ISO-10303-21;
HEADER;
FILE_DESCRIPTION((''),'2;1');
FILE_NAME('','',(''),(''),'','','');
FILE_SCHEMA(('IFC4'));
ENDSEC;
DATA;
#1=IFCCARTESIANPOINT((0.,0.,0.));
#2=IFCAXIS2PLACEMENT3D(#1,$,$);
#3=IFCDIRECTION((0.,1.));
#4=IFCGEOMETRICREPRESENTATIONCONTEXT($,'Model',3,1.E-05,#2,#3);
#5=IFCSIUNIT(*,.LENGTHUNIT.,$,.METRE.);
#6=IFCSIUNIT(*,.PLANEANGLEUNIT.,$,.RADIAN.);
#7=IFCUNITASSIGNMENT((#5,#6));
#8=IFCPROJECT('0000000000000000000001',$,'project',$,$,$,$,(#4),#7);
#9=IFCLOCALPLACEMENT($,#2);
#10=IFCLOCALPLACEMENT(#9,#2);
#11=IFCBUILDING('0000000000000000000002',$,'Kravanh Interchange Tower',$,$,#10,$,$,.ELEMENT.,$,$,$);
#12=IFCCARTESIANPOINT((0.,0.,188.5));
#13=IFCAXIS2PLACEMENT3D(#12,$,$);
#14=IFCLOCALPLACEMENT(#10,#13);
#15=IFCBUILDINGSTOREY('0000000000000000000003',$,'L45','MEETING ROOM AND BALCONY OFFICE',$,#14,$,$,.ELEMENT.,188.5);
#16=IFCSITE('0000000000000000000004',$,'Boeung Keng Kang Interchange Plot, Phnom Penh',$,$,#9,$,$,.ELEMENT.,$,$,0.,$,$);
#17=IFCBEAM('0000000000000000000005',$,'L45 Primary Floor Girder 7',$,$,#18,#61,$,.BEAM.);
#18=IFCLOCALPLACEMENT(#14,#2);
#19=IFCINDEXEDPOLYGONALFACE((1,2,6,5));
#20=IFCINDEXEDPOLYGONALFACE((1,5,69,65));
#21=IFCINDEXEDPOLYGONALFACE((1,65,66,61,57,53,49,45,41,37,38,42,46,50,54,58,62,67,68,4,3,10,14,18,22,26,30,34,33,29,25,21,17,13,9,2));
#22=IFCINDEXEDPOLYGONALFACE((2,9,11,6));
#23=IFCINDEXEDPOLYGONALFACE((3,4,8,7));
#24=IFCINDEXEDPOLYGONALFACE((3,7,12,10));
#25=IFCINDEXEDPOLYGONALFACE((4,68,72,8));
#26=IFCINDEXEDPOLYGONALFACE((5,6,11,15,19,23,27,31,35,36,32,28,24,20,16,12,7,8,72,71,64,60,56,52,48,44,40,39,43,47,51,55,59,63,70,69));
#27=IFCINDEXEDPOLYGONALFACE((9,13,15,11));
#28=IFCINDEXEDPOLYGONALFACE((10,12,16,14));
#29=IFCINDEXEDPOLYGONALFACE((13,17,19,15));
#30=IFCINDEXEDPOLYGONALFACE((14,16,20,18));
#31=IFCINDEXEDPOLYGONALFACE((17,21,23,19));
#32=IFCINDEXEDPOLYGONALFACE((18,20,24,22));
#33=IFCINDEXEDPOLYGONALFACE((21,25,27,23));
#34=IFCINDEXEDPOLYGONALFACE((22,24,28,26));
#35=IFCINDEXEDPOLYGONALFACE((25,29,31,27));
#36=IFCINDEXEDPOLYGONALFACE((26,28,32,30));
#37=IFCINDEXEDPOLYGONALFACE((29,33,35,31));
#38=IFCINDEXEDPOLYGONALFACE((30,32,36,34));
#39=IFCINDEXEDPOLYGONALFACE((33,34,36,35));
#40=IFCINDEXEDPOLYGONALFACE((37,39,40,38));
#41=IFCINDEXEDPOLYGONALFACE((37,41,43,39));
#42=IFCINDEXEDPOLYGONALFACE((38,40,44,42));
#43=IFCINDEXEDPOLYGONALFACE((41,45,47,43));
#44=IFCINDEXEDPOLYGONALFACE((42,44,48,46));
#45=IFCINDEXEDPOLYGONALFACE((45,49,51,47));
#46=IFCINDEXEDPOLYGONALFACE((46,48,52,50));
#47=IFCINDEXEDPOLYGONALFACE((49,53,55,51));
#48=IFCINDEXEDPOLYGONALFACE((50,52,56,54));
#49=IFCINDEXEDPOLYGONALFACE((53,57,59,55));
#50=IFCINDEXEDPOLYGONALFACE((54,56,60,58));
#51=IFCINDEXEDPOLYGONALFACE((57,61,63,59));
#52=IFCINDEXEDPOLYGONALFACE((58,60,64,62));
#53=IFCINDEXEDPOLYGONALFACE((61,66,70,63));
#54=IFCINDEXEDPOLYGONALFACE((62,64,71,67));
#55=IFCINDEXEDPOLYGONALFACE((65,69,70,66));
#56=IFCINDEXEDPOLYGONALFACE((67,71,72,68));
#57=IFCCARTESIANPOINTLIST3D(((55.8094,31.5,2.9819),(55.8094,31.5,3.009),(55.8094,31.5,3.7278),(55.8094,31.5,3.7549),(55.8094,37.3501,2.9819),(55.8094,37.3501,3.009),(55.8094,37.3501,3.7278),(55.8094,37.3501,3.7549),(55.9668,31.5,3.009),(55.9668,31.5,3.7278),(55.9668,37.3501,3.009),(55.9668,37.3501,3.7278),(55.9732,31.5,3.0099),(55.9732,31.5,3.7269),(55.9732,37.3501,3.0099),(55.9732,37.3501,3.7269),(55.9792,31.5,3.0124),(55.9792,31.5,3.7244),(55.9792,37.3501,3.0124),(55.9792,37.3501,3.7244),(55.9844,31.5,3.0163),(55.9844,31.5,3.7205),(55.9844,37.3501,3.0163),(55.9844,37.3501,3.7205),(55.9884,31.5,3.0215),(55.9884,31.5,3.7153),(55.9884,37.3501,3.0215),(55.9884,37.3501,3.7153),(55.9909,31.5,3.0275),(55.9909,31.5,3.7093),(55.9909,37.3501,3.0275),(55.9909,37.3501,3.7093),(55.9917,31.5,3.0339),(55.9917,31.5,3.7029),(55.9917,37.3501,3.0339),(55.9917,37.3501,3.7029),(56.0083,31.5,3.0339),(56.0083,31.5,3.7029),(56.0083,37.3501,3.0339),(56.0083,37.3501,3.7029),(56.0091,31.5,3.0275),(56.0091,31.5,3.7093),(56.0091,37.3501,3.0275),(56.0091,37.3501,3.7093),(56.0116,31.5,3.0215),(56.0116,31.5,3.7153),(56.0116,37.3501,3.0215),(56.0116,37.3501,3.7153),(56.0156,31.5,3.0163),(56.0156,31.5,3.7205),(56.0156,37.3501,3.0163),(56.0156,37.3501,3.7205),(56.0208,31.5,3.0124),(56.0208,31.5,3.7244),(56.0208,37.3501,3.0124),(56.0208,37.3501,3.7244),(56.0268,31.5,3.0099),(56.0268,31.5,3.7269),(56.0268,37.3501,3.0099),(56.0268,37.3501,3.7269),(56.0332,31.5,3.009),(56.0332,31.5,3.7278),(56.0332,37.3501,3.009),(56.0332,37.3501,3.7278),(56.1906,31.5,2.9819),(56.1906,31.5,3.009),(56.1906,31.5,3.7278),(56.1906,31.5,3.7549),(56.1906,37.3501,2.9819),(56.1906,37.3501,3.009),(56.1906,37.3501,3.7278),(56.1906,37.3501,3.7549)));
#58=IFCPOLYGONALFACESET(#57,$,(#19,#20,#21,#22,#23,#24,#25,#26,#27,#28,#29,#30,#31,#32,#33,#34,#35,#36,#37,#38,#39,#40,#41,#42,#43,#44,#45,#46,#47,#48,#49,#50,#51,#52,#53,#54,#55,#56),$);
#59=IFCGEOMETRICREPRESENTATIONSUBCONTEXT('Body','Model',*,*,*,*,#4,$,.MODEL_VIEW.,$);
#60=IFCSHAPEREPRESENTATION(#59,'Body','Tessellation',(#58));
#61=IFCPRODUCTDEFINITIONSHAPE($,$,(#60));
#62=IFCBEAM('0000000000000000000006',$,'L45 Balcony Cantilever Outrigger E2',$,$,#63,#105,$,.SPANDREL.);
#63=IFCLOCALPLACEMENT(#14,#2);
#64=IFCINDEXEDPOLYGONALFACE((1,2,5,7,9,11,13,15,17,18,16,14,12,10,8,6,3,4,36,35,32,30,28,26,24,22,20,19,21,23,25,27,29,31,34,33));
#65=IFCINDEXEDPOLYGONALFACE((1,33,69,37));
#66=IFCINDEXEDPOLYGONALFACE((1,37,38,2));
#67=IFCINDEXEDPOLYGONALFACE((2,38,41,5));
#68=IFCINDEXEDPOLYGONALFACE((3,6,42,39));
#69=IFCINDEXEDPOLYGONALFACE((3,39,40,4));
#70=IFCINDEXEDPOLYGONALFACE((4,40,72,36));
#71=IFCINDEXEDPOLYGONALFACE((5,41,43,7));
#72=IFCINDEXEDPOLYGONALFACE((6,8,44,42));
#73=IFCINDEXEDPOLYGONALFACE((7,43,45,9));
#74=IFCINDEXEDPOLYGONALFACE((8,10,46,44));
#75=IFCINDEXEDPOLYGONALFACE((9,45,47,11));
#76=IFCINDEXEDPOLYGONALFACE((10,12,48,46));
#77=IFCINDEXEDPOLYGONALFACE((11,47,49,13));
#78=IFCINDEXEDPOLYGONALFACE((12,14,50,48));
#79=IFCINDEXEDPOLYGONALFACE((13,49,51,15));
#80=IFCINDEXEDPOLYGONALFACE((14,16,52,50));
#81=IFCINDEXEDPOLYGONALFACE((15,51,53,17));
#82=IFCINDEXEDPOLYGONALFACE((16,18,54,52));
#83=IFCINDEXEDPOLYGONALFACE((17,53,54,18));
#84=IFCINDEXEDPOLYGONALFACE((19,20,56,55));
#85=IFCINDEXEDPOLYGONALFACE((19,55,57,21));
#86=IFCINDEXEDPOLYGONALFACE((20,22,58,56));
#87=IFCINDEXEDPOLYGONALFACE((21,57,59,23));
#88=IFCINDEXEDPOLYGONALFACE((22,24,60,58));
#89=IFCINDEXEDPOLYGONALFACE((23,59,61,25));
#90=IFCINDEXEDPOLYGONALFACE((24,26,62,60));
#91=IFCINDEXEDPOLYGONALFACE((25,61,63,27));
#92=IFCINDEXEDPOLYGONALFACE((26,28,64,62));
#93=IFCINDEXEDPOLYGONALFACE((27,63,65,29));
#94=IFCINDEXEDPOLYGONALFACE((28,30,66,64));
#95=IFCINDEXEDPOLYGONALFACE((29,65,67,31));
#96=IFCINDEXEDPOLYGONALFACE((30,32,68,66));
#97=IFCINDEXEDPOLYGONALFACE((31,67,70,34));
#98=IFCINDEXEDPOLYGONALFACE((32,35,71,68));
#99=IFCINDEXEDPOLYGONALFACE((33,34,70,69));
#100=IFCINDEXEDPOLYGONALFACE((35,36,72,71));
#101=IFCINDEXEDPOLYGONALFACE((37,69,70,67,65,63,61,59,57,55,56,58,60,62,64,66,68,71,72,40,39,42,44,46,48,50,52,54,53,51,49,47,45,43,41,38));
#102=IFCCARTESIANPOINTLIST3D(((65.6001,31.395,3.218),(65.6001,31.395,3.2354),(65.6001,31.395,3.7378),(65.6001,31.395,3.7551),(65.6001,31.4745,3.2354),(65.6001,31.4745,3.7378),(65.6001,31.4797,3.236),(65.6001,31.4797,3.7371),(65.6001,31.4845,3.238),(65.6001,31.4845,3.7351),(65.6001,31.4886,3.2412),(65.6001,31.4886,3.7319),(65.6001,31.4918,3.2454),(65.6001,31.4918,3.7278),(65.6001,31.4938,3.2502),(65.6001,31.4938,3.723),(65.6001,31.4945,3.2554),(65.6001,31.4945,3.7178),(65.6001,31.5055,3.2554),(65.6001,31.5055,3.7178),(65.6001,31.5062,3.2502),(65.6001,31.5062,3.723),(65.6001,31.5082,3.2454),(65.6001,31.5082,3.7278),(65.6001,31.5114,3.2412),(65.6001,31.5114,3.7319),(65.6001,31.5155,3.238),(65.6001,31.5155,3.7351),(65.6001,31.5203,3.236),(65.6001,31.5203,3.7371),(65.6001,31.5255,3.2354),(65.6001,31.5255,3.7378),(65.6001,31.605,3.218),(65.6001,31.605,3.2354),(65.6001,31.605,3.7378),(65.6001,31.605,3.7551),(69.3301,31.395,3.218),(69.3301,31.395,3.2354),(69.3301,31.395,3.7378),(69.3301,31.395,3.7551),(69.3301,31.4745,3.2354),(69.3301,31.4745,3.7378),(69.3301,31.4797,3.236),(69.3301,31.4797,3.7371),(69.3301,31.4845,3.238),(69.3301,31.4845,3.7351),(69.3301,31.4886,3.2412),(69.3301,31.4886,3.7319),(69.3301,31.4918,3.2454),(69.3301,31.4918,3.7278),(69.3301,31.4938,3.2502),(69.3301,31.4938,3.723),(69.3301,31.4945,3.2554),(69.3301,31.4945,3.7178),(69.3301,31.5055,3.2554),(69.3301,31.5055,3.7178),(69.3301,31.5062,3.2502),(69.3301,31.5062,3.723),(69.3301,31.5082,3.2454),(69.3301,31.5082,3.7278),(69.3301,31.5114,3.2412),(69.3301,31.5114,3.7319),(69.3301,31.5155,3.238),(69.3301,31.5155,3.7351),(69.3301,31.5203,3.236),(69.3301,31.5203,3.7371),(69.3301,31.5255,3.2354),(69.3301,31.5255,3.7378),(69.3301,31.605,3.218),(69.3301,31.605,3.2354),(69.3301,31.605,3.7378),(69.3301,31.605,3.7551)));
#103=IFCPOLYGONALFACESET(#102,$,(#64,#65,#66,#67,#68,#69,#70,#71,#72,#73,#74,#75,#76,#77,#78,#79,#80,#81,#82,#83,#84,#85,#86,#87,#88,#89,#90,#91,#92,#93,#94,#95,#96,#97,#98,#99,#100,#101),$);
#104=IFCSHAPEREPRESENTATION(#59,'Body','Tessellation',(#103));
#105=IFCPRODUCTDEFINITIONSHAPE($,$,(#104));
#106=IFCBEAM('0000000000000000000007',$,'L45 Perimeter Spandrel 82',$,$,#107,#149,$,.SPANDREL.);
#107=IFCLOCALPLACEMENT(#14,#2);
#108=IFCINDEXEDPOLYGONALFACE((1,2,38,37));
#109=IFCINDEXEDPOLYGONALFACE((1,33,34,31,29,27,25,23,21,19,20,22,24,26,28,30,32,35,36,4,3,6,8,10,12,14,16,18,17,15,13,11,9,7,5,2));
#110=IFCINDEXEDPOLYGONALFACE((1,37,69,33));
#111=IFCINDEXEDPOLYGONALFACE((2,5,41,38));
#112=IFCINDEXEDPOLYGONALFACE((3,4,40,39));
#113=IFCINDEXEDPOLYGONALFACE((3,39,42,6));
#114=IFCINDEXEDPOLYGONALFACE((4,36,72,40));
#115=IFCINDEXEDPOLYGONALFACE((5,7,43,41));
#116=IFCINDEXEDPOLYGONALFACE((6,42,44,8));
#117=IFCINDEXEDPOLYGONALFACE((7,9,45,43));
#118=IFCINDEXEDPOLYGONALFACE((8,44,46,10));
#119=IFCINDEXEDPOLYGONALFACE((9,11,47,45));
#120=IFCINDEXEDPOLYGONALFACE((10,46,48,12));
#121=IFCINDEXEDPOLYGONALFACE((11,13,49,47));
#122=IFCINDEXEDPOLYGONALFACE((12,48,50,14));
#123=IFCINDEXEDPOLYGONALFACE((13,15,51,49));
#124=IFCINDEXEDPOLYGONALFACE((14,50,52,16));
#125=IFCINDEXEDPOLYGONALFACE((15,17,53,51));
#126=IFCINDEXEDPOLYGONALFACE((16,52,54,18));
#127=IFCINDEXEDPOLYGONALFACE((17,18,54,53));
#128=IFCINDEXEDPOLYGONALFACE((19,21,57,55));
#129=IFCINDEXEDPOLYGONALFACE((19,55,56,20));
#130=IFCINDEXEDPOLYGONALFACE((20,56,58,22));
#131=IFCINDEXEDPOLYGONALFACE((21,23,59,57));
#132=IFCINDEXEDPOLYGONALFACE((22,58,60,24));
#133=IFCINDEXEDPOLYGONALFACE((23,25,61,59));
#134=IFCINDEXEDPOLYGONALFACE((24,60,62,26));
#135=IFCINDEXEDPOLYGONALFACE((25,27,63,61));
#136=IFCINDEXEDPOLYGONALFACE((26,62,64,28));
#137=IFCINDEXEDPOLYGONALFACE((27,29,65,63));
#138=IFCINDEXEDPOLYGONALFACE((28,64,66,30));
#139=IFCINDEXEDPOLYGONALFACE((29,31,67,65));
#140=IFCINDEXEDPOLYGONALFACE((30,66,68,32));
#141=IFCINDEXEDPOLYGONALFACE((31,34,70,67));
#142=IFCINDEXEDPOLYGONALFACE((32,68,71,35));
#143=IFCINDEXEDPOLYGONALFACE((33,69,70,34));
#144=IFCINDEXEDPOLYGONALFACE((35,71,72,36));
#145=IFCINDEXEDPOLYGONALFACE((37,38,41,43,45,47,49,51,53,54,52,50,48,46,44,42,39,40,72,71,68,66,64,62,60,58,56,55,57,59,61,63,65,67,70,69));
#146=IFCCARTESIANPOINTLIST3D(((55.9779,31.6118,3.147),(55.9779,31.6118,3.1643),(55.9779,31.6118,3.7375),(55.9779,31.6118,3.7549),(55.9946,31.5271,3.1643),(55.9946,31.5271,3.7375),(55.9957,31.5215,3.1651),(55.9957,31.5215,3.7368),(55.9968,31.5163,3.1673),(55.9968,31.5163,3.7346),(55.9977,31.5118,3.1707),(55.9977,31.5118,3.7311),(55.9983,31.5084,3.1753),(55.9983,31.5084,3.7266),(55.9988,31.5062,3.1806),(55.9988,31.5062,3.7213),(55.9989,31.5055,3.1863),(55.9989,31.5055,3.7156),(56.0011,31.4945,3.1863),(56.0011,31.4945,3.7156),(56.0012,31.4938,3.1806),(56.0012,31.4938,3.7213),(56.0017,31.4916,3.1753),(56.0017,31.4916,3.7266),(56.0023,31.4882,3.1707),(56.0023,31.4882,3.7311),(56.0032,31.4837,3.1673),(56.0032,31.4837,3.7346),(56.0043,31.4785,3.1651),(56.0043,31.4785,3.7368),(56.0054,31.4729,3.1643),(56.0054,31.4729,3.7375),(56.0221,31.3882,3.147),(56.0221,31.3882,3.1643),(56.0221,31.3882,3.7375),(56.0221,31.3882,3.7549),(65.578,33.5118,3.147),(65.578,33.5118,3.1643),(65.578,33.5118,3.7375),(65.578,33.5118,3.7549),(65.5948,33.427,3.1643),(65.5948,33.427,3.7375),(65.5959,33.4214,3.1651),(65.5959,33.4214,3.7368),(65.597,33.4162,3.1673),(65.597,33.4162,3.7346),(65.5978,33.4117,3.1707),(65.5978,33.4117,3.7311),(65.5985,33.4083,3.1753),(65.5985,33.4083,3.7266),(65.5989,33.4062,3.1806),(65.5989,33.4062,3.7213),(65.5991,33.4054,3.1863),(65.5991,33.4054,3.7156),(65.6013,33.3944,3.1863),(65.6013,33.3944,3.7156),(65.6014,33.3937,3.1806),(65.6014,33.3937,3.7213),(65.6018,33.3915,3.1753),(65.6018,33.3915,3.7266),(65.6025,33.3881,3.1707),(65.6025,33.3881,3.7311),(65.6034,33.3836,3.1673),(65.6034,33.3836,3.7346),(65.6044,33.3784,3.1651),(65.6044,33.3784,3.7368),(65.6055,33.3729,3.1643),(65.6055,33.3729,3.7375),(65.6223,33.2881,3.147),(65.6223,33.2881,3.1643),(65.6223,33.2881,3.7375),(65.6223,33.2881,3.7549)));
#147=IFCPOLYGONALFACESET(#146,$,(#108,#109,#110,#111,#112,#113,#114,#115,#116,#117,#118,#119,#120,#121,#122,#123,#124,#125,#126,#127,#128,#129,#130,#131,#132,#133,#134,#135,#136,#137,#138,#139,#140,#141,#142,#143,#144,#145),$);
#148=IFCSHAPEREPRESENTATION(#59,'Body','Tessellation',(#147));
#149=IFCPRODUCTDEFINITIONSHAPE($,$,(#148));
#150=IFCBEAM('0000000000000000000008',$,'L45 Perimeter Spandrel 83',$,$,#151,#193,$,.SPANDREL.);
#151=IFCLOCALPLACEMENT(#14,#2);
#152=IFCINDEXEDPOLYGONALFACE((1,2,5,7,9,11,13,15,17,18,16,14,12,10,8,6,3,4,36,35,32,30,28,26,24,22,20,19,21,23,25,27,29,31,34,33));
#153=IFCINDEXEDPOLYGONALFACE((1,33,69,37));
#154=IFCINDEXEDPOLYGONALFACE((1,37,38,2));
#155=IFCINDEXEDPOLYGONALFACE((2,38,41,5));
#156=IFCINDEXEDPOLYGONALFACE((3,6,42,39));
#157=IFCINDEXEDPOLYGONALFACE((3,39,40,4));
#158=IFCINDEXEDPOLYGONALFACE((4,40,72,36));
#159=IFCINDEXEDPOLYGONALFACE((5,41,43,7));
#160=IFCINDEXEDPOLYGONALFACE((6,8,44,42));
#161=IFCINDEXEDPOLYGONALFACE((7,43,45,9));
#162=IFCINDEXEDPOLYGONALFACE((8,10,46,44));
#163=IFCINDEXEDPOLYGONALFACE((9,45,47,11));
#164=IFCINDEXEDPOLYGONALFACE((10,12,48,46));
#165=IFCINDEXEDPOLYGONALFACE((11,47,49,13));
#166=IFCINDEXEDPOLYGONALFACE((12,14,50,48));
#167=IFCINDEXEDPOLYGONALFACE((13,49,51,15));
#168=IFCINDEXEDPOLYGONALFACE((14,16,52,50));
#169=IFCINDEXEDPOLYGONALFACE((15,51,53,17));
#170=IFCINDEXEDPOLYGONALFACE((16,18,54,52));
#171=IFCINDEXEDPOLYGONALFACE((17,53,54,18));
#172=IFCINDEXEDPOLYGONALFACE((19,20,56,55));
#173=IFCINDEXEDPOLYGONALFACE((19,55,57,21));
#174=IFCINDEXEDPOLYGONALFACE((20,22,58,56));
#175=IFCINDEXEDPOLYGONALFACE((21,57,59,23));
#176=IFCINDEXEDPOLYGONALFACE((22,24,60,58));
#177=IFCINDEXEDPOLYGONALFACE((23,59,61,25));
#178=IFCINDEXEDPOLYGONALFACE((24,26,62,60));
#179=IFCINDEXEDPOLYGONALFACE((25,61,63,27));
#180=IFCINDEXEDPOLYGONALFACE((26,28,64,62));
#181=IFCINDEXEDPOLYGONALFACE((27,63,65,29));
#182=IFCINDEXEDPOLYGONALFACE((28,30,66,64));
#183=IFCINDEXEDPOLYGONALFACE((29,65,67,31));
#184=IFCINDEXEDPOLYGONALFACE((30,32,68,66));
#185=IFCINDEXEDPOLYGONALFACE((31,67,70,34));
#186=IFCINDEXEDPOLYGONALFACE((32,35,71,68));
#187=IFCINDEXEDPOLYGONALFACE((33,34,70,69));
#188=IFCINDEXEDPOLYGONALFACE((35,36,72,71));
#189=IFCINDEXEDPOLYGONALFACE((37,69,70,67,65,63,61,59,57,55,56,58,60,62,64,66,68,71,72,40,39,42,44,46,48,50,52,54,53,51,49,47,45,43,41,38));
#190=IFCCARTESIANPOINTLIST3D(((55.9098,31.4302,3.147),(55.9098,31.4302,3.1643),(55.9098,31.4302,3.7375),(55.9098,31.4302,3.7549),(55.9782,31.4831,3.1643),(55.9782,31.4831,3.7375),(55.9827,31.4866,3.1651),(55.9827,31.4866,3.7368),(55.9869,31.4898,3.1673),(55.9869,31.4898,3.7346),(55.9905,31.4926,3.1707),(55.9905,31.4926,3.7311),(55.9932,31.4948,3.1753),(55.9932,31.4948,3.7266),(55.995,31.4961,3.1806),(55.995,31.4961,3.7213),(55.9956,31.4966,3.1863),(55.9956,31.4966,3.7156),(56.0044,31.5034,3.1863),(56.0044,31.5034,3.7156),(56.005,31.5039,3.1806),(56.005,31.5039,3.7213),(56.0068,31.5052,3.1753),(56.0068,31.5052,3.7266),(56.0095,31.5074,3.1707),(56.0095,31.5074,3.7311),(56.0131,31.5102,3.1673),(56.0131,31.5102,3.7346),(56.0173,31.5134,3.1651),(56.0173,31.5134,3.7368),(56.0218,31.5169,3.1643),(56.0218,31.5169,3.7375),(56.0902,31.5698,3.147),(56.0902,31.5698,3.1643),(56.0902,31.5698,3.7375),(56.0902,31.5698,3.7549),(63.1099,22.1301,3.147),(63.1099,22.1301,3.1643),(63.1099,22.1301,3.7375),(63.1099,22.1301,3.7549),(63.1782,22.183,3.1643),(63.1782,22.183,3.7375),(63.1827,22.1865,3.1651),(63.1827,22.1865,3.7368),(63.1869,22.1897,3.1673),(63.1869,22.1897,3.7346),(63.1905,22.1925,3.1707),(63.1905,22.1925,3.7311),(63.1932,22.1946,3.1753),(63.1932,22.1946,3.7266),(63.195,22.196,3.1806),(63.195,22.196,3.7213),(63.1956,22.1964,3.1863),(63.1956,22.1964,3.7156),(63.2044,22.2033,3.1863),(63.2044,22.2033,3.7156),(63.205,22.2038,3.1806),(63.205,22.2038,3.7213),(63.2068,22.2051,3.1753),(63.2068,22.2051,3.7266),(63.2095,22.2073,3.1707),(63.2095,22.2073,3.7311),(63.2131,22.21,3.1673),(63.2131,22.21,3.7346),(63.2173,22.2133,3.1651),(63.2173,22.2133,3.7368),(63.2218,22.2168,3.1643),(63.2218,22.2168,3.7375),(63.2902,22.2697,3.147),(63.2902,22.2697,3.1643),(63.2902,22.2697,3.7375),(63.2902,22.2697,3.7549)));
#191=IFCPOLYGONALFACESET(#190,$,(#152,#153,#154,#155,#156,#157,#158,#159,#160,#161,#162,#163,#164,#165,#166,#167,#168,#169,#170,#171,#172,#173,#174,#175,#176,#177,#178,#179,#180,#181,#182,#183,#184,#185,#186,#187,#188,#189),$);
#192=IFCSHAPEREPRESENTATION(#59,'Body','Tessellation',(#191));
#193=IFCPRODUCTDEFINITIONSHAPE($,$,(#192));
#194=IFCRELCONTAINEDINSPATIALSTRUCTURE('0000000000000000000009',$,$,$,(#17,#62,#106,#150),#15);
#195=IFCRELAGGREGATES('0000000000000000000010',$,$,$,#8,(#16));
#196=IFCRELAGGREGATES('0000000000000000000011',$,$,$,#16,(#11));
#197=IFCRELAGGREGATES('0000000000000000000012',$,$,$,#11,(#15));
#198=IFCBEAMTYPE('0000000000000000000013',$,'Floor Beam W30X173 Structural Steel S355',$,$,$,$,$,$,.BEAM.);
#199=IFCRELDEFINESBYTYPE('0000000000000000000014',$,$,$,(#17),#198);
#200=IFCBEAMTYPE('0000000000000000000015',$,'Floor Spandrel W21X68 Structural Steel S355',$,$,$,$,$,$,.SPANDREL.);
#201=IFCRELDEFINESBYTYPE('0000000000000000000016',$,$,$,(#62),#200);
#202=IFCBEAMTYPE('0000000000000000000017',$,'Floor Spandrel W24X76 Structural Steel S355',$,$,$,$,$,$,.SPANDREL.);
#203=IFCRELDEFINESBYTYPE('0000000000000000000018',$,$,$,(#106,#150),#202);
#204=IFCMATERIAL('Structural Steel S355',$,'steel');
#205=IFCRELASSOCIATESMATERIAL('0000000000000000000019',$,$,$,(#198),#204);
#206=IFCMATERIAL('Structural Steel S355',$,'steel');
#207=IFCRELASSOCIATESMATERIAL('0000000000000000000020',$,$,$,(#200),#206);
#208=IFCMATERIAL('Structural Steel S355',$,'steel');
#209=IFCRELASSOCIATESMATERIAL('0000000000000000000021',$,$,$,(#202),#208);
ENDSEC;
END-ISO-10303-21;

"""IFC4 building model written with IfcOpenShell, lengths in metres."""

from ifc_helpers import new_model, si_unit, direction, frame, origin, origin_2d, place, context, subcontext, project, spatial, i_section, extrude, material, material_profile, profile_set, type_object, element, save


model = new_model("IFC4")

# Units and contexts
model_context = context("Model", 3, precision=1e-05, world=origin(), true_north=direction((0.0, 1.0)))
body_context = subcontext(model_context, "Body", "Model", "MODEL_VIEW")
ifc_project = project(units=[si_unit("LENGTHUNIT", "METRE"), si_unit("PLANEANGLEUNIT", "RADIAN")], contexts=[model_context])

# Site, building, storey
site_placement = place(None, origin())
site = spatial("IfcSite", under=ifc_project, at=site_placement, Name="Boeung Keng Kang Interchange Plot, Phnom Penh", CompositionType="ELEMENT", RefElevation=0.0)
building_placement = place(site_placement, origin())
building = spatial("IfcBuilding", under=site, at=building_placement, Name="Kravanh Interchange Tower", CompositionType="ELEMENT")
storey_placement = place(building_placement, frame((0.0, 0.0, 188.5)))
storey = spatial("IfcBuildingStorey", under=building, at=storey_placement, Name="L45", Description="MEETING ROOM AND BALCONY OFFICE", CompositionType="ELEMENT", Elevation=188.5)

# Beams
ifc_material_1 = material(Name="Structural Steel S355", Category="steel")
ifc_material_profile_1 = material_profile(ifc_material_1, i_section(OverallWidth=0.3811, OverallDepth=0.7729, WebThickness=0.0166, FlangeThickness=0.0271, FilletRadius=0.0249, at=origin_2d()), Name="W30X173")
ifc_profile_set_1 = profile_set([ifc_material_profile_1], Name="Structural Steel S355")
beam_type_1 = type_object("IfcBeamType", Name="Floor Beam W30X173 Structural Steel S355", PredefinedType="BEAM", material=ifc_profile_set_1)
beam_1_placement = place(storey_placement, frame((56.0, 37.3501, 3.3684), z_axis=(0.0, -1.0, 0.0), x_axis=(1.0, 0.0, 0.0)))
element("IfcBeam", 1, at=beam_1_placement, inside=storey, type_object=beam_type_1, Name="L45 Primary Floor Girder 7", PredefinedType="BEAM", context=body_context, shape_type="SweptSolid", body=[
    extrude(i_section(OverallWidth=0.3811, OverallDepth=0.7729, WebThickness=0.0166, FlangeThickness=0.0271, FilletRadius=0.0249, at=origin_2d()), origin(), (0.0, 0.0, 1.0), 5.8501),
])
ifc_material_2 = material(Name="Structural Steel S355", Category="steel")
ifc_material_profile_2 = material_profile(ifc_material_2, i_section(OverallWidth=0.21, OverallDepth=0.5371, WebThickness=0.011, FlangeThickness=0.0173, FilletRadius=0.02, at=origin_2d()), Name="W21X68")
ifc_profile_set_2 = profile_set([ifc_material_profile_2], Name="Structural Steel S355")
beam_type_2 = type_object("IfcBeamType", Name="Floor Spandrel W21X68 Structural Steel S355", PredefinedType="SPANDREL", material=ifc_profile_set_2)
beam_2_placement = place(storey_placement, frame((65.6001, 31.5, 3.4866), z_axis=(1.0, 0.0, 0.0), x_axis=(0.0, 1.0, 0.0)))
element("IfcBeam", 2, at=beam_2_placement, inside=storey, type_object=beam_type_2, Name="L45 Balcony Cantilever Outrigger E2", PredefinedType="SPANDREL", context=body_context, shape_type="SweptSolid", body=[
    extrude(i_section(OverallWidth=0.21, OverallDepth=0.5371, WebThickness=0.011, FlangeThickness=0.0173, FilletRadius=0.02, at=origin_2d()), origin(), (0.0, 0.0, 1.0), 3.73),
])
ifc_material_3 = material(Name="Structural Steel S355", Category="steel")
ifc_material_profile_3 = material_profile(ifc_material_3, i_section(OverallWidth=0.228, OverallDepth=0.6079, WebThickness=0.0112, FlangeThickness=0.0173, FilletRadius=0.022, at=origin_2d()), Name="W24X76")
ifc_profile_set_3 = profile_set([ifc_material_profile_3], Name="Structural Steel S355")
beam_type_3 = type_object("IfcBeamType", Name="Floor Spandrel W24X76 Structural Steel S355", PredefinedType="SPANDREL", material=ifc_profile_set_3)
beam_3_placement = place(storey_placement, frame((56.0, 31.5, 3.4509), z_axis=(0.980974, 0.194139, 0.0), x_axis=(-0.194139, 0.980974, 0.0)))
element("IfcBeam", 3, at=beam_3_placement, inside=storey, type_object=beam_type_3, Name="L45 Perimeter Spandrel 82", PredefinedType="SPANDREL", context=body_context, shape_type="SweptSolid", body=[
    extrude(i_section(OverallWidth=0.228, OverallDepth=0.6079, WebThickness=0.0112, FlangeThickness=0.0173, FilletRadius=0.022, at=origin_2d()), origin(), (0.0, 0.0, 1.0), 9.7864),
])
beam_4_placement = place(storey_placement, frame((56.0, 31.5, 3.4509), z_axis=(0.612169, -0.790727, 0.0), x_axis=(0.790727, 0.612169, 0.0)))
element("IfcBeam", 4, at=beam_4_placement, inside=storey, type_object=beam_type_3, Name="L45 Perimeter Spandrel 83", PredefinedType="SPANDREL", context=body_context, shape_type="SweptSolid", body=[
    extrude(i_section(OverallWidth=0.228, OverallDepth=0.6079, WebThickness=0.0112, FlangeThickness=0.0173, FilletRadius=0.022, at=origin_2d()), origin(), (0.0, 0.0, 1.0), 11.7615),
])

save(model, "model.ifc")
